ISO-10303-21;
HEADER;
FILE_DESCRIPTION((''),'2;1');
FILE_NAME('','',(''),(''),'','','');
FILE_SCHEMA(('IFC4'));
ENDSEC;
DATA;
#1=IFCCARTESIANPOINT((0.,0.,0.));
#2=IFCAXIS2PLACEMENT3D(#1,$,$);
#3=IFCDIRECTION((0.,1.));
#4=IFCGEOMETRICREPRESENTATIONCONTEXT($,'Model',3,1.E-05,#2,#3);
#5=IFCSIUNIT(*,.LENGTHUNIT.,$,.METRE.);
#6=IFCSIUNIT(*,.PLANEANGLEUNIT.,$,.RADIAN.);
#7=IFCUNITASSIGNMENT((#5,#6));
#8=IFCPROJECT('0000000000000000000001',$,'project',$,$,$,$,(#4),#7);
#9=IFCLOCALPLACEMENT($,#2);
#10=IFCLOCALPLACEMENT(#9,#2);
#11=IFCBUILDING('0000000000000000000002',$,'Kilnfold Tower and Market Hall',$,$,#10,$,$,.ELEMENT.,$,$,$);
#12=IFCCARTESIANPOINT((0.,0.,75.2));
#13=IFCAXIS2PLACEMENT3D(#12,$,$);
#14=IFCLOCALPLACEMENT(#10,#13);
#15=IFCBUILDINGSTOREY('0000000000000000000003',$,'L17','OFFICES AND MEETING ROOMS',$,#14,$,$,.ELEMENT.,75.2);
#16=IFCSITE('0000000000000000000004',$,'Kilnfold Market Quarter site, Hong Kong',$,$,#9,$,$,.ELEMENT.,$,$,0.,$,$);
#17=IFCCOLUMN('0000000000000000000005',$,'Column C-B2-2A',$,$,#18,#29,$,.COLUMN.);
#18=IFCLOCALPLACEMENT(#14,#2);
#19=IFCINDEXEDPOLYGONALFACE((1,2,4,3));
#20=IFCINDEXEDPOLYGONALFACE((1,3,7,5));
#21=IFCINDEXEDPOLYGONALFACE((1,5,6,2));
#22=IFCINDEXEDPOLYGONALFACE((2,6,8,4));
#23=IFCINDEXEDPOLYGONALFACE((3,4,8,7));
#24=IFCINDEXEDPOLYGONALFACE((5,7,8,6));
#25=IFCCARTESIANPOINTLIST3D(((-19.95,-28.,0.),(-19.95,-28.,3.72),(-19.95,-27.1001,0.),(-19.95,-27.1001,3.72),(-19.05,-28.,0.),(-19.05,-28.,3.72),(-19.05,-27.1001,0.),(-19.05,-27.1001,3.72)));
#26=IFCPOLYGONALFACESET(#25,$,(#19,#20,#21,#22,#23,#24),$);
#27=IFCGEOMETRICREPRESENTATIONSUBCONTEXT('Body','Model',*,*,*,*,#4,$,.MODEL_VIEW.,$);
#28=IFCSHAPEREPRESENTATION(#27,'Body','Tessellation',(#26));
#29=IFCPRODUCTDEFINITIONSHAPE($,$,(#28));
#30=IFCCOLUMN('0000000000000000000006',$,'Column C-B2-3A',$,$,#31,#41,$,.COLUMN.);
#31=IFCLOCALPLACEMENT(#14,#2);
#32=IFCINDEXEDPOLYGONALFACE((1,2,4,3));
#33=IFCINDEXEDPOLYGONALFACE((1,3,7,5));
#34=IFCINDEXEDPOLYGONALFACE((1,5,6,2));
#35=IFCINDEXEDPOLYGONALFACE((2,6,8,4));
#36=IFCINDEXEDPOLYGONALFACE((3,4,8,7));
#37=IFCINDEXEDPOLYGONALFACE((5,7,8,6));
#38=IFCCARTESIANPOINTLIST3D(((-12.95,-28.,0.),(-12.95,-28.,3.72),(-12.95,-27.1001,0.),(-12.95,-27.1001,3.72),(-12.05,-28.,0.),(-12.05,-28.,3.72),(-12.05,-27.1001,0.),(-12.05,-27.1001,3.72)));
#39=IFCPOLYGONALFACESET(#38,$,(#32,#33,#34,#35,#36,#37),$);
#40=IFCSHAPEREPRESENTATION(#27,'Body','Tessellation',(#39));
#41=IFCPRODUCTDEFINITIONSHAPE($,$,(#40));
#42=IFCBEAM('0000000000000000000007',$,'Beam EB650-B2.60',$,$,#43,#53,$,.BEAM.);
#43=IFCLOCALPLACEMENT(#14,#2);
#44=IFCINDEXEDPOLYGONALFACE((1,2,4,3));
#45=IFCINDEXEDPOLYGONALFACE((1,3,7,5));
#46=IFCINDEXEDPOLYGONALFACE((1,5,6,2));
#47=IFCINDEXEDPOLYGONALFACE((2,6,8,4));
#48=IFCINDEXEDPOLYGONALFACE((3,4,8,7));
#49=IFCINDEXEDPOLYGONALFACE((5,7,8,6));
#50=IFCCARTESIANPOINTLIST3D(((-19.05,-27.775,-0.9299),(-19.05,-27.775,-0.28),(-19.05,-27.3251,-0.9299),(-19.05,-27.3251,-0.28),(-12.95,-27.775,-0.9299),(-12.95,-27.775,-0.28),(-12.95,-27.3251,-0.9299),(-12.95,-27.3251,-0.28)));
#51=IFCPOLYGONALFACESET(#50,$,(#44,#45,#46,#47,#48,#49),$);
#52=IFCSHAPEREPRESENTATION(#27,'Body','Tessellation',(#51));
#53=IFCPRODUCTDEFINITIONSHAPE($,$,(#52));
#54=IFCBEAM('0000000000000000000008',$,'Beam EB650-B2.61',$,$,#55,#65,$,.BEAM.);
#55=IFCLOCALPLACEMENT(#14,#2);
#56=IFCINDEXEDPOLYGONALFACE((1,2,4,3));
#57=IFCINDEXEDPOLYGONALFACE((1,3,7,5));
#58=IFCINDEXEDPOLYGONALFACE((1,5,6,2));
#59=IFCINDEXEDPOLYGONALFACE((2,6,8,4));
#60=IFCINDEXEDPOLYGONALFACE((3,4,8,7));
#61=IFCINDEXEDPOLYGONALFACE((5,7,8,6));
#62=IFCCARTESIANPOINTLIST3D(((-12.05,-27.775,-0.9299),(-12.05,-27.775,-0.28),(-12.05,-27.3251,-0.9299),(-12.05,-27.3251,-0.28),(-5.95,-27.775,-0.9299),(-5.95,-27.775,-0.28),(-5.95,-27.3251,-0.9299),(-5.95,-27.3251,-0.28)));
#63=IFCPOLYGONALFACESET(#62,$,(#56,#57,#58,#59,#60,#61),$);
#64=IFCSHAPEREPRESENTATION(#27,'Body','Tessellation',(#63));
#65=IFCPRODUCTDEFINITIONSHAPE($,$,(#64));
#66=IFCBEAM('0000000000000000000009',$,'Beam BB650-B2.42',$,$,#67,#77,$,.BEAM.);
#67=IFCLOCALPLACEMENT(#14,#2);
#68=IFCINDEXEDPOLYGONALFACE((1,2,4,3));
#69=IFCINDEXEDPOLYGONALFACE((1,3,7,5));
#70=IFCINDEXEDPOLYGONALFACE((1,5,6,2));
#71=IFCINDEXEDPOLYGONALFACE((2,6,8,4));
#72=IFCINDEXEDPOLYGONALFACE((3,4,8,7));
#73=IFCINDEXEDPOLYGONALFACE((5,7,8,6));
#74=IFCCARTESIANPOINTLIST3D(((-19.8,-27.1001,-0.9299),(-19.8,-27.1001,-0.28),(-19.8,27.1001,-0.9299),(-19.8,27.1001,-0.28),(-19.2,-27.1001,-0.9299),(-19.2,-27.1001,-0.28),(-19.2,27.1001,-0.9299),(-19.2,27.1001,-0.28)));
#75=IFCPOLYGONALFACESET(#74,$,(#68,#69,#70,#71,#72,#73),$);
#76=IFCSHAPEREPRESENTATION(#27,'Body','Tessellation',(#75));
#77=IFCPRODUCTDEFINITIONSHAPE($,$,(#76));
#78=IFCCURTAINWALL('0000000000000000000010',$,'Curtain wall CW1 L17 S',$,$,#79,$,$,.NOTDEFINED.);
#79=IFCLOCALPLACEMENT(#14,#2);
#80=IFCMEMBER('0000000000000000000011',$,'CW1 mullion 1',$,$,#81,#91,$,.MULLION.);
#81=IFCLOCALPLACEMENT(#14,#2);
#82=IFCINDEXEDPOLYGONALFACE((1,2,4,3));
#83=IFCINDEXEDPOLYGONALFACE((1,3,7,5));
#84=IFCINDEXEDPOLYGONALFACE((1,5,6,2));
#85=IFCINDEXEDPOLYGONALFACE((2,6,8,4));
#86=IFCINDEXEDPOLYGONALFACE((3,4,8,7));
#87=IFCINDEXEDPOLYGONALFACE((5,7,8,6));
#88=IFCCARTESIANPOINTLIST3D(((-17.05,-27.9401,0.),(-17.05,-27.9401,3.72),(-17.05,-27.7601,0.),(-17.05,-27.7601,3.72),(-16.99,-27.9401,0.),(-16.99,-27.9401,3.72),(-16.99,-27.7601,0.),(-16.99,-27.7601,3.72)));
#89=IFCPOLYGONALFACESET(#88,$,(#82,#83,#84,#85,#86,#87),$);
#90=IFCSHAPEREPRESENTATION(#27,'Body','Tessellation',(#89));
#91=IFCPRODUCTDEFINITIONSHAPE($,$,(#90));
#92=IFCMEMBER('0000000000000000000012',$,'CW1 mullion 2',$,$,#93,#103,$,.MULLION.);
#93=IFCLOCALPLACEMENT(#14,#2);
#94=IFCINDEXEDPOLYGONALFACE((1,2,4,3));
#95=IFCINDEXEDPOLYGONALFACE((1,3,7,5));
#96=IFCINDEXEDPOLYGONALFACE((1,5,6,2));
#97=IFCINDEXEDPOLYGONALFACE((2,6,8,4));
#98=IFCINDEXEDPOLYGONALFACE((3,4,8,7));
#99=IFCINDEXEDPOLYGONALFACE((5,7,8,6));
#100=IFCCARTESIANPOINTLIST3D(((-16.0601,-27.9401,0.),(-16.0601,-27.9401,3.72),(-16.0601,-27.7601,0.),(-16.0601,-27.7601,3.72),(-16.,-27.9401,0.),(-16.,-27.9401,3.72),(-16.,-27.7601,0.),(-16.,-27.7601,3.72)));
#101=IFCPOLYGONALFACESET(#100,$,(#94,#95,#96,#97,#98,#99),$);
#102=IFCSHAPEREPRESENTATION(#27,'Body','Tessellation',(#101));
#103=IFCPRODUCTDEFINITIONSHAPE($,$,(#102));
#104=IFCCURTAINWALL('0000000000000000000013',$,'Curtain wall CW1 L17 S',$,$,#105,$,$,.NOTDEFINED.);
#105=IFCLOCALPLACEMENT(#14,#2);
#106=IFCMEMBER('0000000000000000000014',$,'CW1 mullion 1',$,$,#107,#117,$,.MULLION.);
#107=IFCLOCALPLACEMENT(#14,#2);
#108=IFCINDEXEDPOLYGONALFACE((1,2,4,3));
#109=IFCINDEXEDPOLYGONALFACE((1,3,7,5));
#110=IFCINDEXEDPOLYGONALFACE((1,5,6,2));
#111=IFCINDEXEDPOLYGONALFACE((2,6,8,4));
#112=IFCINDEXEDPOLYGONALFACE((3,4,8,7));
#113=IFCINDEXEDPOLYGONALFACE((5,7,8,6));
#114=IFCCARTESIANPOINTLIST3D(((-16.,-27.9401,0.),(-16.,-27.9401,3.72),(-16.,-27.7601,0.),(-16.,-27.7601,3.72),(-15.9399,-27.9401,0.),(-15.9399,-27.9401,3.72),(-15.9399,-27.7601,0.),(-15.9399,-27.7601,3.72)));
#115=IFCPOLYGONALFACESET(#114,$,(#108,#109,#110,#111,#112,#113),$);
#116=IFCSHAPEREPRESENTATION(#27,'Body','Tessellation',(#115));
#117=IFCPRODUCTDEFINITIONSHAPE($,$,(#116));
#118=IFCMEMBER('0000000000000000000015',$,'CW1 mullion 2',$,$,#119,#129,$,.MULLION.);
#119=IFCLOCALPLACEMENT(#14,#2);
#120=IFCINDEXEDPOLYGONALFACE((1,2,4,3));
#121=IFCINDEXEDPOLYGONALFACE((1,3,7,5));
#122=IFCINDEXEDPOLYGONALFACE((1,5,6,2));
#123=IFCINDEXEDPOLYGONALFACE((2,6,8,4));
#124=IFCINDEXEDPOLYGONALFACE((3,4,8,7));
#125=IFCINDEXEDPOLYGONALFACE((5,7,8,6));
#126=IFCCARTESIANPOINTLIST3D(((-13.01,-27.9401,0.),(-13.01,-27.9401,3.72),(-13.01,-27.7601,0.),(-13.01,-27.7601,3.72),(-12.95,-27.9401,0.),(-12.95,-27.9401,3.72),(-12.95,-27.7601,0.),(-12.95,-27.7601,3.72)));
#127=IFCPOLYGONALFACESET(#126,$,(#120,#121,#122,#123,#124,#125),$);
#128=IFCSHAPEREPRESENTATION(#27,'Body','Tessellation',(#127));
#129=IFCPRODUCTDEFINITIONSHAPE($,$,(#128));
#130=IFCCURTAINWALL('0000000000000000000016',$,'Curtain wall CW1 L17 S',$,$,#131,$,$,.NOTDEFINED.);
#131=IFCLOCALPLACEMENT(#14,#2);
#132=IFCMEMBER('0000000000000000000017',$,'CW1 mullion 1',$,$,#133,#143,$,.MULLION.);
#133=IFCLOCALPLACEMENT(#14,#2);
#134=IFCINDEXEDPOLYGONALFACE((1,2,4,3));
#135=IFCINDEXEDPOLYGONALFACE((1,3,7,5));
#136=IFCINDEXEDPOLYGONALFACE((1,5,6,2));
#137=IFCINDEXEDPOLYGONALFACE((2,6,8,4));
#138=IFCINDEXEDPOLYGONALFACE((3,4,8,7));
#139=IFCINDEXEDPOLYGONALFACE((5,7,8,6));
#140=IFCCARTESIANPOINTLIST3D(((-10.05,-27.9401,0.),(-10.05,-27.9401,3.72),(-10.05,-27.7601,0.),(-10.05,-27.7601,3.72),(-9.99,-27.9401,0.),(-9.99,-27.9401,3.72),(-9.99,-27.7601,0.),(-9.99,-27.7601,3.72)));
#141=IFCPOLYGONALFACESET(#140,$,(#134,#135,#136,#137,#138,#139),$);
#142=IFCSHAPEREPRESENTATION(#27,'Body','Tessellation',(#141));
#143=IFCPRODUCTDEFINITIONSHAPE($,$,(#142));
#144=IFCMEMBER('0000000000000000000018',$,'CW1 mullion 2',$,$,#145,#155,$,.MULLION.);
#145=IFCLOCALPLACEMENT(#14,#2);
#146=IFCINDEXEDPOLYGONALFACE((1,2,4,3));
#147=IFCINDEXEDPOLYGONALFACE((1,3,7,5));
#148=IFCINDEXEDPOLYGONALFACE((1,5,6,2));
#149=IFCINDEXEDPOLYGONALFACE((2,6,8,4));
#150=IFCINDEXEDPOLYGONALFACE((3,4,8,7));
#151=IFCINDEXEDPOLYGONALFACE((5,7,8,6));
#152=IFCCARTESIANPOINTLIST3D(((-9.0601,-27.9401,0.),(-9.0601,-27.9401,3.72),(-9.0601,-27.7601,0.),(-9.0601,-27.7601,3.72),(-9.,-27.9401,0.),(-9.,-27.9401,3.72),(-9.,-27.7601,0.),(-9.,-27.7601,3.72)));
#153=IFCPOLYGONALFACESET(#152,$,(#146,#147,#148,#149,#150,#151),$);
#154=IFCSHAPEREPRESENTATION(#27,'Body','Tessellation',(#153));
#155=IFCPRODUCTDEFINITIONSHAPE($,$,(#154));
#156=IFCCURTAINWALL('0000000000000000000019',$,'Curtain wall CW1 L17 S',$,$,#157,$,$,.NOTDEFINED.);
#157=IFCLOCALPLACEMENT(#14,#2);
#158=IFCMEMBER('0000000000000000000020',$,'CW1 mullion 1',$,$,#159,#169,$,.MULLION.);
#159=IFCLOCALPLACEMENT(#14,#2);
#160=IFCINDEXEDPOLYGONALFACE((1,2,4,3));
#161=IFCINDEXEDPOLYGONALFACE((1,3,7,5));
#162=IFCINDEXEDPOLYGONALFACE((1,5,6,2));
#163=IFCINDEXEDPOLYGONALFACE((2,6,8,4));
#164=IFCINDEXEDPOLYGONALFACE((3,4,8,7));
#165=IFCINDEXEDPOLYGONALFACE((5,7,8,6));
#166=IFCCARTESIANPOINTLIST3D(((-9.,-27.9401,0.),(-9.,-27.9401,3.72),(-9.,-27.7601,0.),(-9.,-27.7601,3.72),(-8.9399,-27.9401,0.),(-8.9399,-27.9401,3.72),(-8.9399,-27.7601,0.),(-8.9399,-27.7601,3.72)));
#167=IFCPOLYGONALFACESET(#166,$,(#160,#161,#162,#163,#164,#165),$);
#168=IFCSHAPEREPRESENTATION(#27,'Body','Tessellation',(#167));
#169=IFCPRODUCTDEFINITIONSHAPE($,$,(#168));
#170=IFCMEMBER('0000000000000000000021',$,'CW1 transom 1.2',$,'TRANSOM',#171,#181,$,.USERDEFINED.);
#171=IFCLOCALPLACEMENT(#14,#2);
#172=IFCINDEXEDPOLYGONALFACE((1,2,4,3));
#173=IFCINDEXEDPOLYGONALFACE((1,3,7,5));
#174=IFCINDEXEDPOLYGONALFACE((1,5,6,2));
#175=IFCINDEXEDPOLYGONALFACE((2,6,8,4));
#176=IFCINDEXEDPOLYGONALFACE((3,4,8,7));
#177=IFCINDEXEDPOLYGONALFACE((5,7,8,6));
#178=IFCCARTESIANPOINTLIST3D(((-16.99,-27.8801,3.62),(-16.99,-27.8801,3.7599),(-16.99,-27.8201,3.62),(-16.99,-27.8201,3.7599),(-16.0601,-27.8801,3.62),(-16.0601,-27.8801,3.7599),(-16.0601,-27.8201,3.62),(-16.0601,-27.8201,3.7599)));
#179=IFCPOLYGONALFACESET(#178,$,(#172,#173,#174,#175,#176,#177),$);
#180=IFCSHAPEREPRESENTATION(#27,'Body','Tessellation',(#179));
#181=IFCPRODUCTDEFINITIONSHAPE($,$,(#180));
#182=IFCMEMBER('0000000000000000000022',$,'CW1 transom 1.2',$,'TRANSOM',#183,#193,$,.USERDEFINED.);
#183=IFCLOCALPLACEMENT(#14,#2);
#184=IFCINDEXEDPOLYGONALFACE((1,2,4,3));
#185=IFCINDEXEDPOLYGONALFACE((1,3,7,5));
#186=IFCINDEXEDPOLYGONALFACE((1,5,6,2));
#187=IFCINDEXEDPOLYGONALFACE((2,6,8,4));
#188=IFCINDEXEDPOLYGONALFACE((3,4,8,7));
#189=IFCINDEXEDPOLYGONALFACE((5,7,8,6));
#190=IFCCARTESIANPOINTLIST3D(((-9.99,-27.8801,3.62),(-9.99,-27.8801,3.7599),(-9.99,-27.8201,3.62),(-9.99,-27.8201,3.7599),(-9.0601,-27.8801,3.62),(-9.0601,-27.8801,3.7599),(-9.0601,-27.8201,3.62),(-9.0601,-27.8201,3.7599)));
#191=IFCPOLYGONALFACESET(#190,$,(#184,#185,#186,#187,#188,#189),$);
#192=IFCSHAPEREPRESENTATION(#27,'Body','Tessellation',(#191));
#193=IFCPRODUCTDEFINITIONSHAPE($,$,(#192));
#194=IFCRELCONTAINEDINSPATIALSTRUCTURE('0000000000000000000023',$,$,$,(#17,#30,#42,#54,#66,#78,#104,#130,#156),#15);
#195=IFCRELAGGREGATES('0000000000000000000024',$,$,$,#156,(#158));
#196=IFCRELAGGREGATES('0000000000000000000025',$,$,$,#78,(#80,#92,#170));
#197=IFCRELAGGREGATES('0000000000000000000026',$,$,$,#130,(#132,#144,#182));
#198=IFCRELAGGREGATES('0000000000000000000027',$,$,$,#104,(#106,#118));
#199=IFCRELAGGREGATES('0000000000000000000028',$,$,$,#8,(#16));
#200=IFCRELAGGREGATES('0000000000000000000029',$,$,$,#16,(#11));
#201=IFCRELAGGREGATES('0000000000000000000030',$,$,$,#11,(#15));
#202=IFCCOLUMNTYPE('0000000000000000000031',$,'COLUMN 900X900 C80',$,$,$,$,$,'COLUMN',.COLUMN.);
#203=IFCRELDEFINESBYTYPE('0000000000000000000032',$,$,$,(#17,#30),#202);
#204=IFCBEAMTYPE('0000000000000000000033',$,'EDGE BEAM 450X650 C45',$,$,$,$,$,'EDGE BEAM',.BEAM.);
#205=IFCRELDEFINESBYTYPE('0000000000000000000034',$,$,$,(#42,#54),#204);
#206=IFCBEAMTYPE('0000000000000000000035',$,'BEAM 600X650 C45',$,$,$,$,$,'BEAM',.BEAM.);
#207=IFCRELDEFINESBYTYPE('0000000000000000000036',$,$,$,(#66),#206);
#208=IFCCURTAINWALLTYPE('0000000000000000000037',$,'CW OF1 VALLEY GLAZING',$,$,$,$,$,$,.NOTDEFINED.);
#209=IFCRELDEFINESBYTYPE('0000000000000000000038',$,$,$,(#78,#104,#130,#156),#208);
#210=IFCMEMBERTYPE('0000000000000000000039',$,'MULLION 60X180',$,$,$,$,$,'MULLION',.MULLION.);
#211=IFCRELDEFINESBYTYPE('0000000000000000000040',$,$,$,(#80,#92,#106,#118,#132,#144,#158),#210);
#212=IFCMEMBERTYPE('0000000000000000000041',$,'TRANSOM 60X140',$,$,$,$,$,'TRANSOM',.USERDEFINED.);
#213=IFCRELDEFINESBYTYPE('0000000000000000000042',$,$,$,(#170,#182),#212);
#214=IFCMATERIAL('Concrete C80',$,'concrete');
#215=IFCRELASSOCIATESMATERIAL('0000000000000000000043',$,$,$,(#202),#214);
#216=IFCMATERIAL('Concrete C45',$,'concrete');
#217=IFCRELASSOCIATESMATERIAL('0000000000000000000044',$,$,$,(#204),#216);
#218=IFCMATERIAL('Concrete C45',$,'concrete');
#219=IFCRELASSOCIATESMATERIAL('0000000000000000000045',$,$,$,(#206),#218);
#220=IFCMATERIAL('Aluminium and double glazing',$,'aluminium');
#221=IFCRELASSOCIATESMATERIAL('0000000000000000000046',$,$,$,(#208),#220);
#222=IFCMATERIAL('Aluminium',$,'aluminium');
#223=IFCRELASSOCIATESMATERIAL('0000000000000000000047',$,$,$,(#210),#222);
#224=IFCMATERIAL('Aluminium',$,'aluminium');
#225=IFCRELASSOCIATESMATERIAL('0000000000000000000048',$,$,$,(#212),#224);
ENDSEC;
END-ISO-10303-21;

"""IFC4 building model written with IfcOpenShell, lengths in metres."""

from ifc_helpers import new_model, si_unit, direction, frame, origin, origin_2d, place, context, subcontext, project, spatial, rectangle, extrude, source, transform, mapped, material, material_profile, profile_set, type_object, element, aggregate, save


model = new_model("IFC4")

# Units and contexts
model_context = context("Model", 3, precision=1e-05, world=origin(), true_north=direction((0.0, 1.0)))
body_context = subcontext(model_context, "Body", "Model", "MODEL_VIEW")
ifc_project = project(units=[si_unit("LENGTHUNIT", "METRE"), si_unit("PLANEANGLEUNIT", "RADIAN")], contexts=[model_context])

# Site, building, storey
site_placement = place(None, origin())
site = spatial("IfcSite", under=ifc_project, at=site_placement, Name="Kilnfold Market Quarter site, Hong Kong", CompositionType="ELEMENT", RefElevation=0.0)
building_placement = place(site_placement, origin())
building = spatial("IfcBuilding", under=site, at=building_placement, Name="Kilnfold Tower and Market Hall", CompositionType="ELEMENT")
storey_placement = place(building_placement, frame((0.0, 0.0, 75.2)))
storey = spatial("IfcBuildingStorey", under=building, at=storey_placement, Name="L17", Description="OFFICES AND MEETING ROOMS", CompositionType="ELEMENT", Elevation=75.2)

# Columns
ifc_material_1 = material(Name="Concrete C80", Category="concrete")
ifc_material_profile_1 = material_profile(ifc_material_1, rectangle(XDim=0.8999, YDim=0.8999, at=origin_2d()), Name="RC 900x900")
ifc_profile_set_1 = profile_set([ifc_material_profile_1], Name="Concrete C80")
column_type = type_object("IfcColumnType", Name="COLUMN 900X900 C80", ElementType="COLUMN", PredefinedType="COLUMN", material=ifc_profile_set_1)
shared_shape_1 = source(origin(), body_context, "Body", "SweptSolid", [
    extrude(rectangle(XDim=0.8999, YDim=0.8999, at=origin_2d()), origin(), (0.0, 0.0, 1.0), 3.72),
])
for number, where, z_axis, x_axis, name in (
    (1, (-19.5, -27.55, 0.0), (0.0, 0.0, 1.0), (1.0, 0.0, 0.0), "Column C-B2-2A"),
    (2, (-12.5, -27.55, 0.0), (0.0, 0.0, 1.0), (1.0, 0.0, 0.0), "Column C-B2-3A"),
):
    element("IfcColumn", number, at=place(storey_placement, frame(where, z_axis=z_axis, x_axis=x_axis)), inside=storey, type_object=column_type, Name=name, PredefinedType="COLUMN", context=body_context, shape_type="MappedRepresentation", body=[
        mapped(shared_shape_1, transform((0.0, 0.0, 0.0))),
    ])

# Beams
ifc_material_2 = material(Name="Concrete C45", Category="concrete")
ifc_material_profile_2 = material_profile(ifc_material_2, rectangle(XDim=0.45, YDim=0.6499, at=origin_2d()), Name="RC 450x650")
ifc_profile_set_2 = profile_set([ifc_material_profile_2], Name="Concrete C45")
beam_type_1 = type_object("IfcBeamType", Name="EDGE BEAM 450X650 C45", ElementType="EDGE BEAM", PredefinedType="BEAM", material=ifc_profile_set_2)
shared_shape_2 = source(origin(), body_context, "Body", "SweptSolid", [
    extrude(rectangle(XDim=0.45, YDim=0.6499, at=origin_2d()), origin(), (0.0, 0.0, 1.0), 6.1001),
])
for number, where, z_axis, x_axis, name in (
    (3, (-19.05, -27.55, -0.605), (1.0, 0.0, 0.0), (0.0, 1.0, 0.0), "Beam EB650-B2.60"),
    (4, (-12.05, -27.55, -0.605), (1.0, 0.0, 0.0), (0.0, 1.0, 0.0), "Beam EB650-B2.61"),
):
    element("IfcBeam", number, at=place(storey_placement, frame(where, z_axis=z_axis, x_axis=x_axis)), inside=storey, type_object=beam_type_1, Name=name, PredefinedType="BEAM", context=body_context, shape_type="MappedRepresentation", body=[
        mapped(shared_shape_2, transform((0.0, 0.0, 0.0))),
    ])
ifc_material_3 = material(Name="Concrete C45", Category="concrete")
ifc_material_profile_3 = material_profile(ifc_material_3, rectangle(XDim=0.6001, YDim=0.6499, at=origin_2d()), Name="RC 600x650")
ifc_profile_set_3 = profile_set([ifc_material_profile_3], Name="Concrete C45")
beam_type_2 = type_object("IfcBeamType", Name="BEAM 600X650 C45", ElementType="BEAM", PredefinedType="BEAM", material=ifc_profile_set_3)
shared_shape_3 = source(origin(), body_context, "Body", "SweptSolid", [
    extrude(rectangle(XDim=0.6001, YDim=0.6499, at=origin_2d()), origin(), (0.0, 0.0, 1.0), 54.2002),
])
beam_placement = place(storey_placement, frame((-19.5, -27.1001, -0.605), z_axis=(0.0, 1.0, 0.0), x_axis=(-1.0, 0.0, 0.0)))
element("IfcBeam", 5, at=beam_placement, inside=storey, type_object=beam_type_2, Name="Beam BB650-B2.42", PredefinedType="BEAM", context=body_context, shape_type="MappedRepresentation", body=[
    mapped(shared_shape_3, transform((0.0, 0.0, 0.0))),
])

# Curtain walls, members
ifc_material_4 = material(Name="Aluminium and double glazing", Category="aluminium")
curtain_wall_type = type_object("IfcCurtainWallType", Name="CW OF1 VALLEY GLAZING", PredefinedType="NOTDEFINED", material=ifc_material_4)
curtain_wall_1_placement = place(storey_placement, origin())
curtain_wall_1 = element("IfcCurtainWall", 6, at=curtain_wall_1_placement, inside=storey, type_object=curtain_wall_type, Name="Curtain wall CW1 L17 S", PredefinedType="NOTDEFINED")
ifc_material_5 = material(Name="Aluminium", Category="aluminium")
ifc_material_profile_4 = material_profile(ifc_material_5, rectangle(XDim=0.0601, YDim=0.1799, at=origin_2d()), Name="MULLION 60x180")
ifc_profile_set_4 = profile_set([ifc_material_profile_4], Name="Aluminium")
member_type_1 = type_object("IfcMemberType", Name="MULLION 60X180", ElementType="MULLION", PredefinedType="MULLION", material=ifc_profile_set_4)
shared_shape_4 = source(origin(), body_context, "Body", "SweptSolid", [
    extrude(rectangle(XDim=0.0601, YDim=0.1799, at=origin_2d()), origin(), (0.0, 0.0, 1.0), 3.72),
])
member_1_placement = place(storey_placement, frame((-17.02, -27.8501, 0.0), z_axis=(0.0, 0.0, 1.0), x_axis=(1.0, 0.0, 0.0)))
member_1 = element("IfcMember", 7, at=member_1_placement, type_object=member_type_1, Name="CW1 mullion 1", PredefinedType="MULLION", context=body_context, shape_type="MappedRepresentation", body=[
    mapped(shared_shape_4, transform((0.0, 0.0, 0.0))),
])
member_2_placement = place(storey_placement, frame((-16.03, -27.8501, 0.0), z_axis=(0.0, 0.0, 1.0), x_axis=(1.0, 0.0, 0.0)))
member_2 = element("IfcMember", 8, at=member_2_placement, type_object=member_type_1, Name="CW1 mullion 2", PredefinedType="MULLION", context=body_context, shape_type="MappedRepresentation", body=[
    mapped(shared_shape_4, transform((0.0, 0.0, 0.0))),
])
curtain_wall_2_placement = place(storey_placement, origin())
curtain_wall_2 = element("IfcCurtainWall", 9, at=curtain_wall_2_placement, inside=storey, type_object=curtain_wall_type, Name="Curtain wall CW1 L17 S", PredefinedType="NOTDEFINED")
member_3_placement = place(storey_placement, frame((-15.97, -27.8501, 0.0), z_axis=(0.0, 0.0, 1.0), x_axis=(1.0, 0.0, 0.0)))
member_3 = element("IfcMember", 10, at=member_3_placement, type_object=member_type_1, Name="CW1 mullion 1", PredefinedType="MULLION", context=body_context, shape_type="MappedRepresentation", body=[
    mapped(shared_shape_4, transform((0.0, 0.0, 0.0))),
])
member_4_placement = place(storey_placement, frame((-12.98, -27.8501, 0.0), z_axis=(0.0, 0.0, 1.0), x_axis=(1.0, 0.0, 0.0)))
member_4 = element("IfcMember", 11, at=member_4_placement, type_object=member_type_1, Name="CW1 mullion 2", PredefinedType="MULLION", context=body_context, shape_type="MappedRepresentation", body=[
    mapped(shared_shape_4, transform((0.0, 0.0, 0.0))),
])
curtain_wall_3_placement = place(storey_placement, origin())
curtain_wall_3 = element("IfcCurtainWall", 12, at=curtain_wall_3_placement, inside=storey, type_object=curtain_wall_type, Name="Curtain wall CW1 L17 S", PredefinedType="NOTDEFINED")
member_5_placement = place(storey_placement, frame((-10.02, -27.8501, 0.0), z_axis=(0.0, 0.0, 1.0), x_axis=(1.0, 0.0, 0.0)))
member_5 = element("IfcMember", 13, at=member_5_placement, type_object=member_type_1, Name="CW1 mullion 1", PredefinedType="MULLION", context=body_context, shape_type="MappedRepresentation", body=[
    mapped(shared_shape_4, transform((0.0, 0.0, 0.0))),
])
member_6_placement = place(storey_placement, frame((-9.03, -27.8501, 0.0), z_axis=(0.0, 0.0, 1.0), x_axis=(1.0, 0.0, 0.0)))
member_6 = element("IfcMember", 14, at=member_6_placement, type_object=member_type_1, Name="CW1 mullion 2", PredefinedType="MULLION", context=body_context, shape_type="MappedRepresentation", body=[
    mapped(shared_shape_4, transform((0.0, 0.0, 0.0))),
])

# Curtain wall, member
curtain_wall_4_placement = place(storey_placement, origin())
curtain_wall_4 = element("IfcCurtainWall", 15, at=curtain_wall_4_placement, inside=storey, type_object=curtain_wall_type, Name="Curtain wall CW1 L17 S", PredefinedType="NOTDEFINED")
member_7_placement = place(storey_placement, frame((-8.97, -27.8501, 0.0), z_axis=(0.0, 0.0, 1.0), x_axis=(1.0, 0.0, 0.0)))
member_7 = element("IfcMember", 16, at=member_7_placement, type_object=member_type_1, Name="CW1 mullion 1", PredefinedType="MULLION", context=body_context, shape_type="MappedRepresentation", body=[
    mapped(shared_shape_4, transform((0.0, 0.0, 0.0))),
])

# Members
ifc_material_6 = material(Name="Aluminium", Category="aluminium")
ifc_material_profile_5 = material_profile(ifc_material_6, rectangle(XDim=0.0601, YDim=0.1399, at=origin_2d()), Name="TRANSOM 60x140")
ifc_profile_set_5 = profile_set([ifc_material_profile_5], Name="Aluminium")
member_type_2 = type_object("IfcMemberType", Name="TRANSOM 60X140", ElementType="TRANSOM", PredefinedType="USERDEFINED", material=ifc_profile_set_5)
shared_shape_5 = source(origin(), body_context, "Body", "SweptSolid", [
    extrude(rectangle(XDim=0.0601, YDim=0.1399, at=origin_2d()), origin(), (0.0, 0.0, 1.0), 0.9299),
])
member_8_placement = place(storey_placement, frame((-16.99, -27.8501, 3.6899), z_axis=(1.0, 0.0, 0.0), x_axis=(0.0, 1.0, 0.0)))
member_8 = element("IfcMember", 17, at=member_8_placement, type_object=member_type_2, Name="CW1 transom 1.2", ObjectType="TRANSOM", PredefinedType="USERDEFINED", context=body_context, shape_type="MappedRepresentation", body=[
    mapped(shared_shape_5, transform((0.0, 0.0, 0.0))),
])
member_9_placement = place(storey_placement, frame((-9.99, -27.8501, 3.6899), z_axis=(1.0, 0.0, 0.0), x_axis=(0.0, 1.0, 0.0)))
member_9 = element("IfcMember", 18, at=member_9_placement, type_object=member_type_2, Name="CW1 transom 1.2", ObjectType="TRANSOM", PredefinedType="USERDEFINED", context=body_context, shape_type="MappedRepresentation", body=[
    mapped(shared_shape_5, transform((0.0, 0.0, 0.0))),
])
aggregate(curtain_wall_4, [member_7])

aggregate(curtain_wall_1, [member_1, member_2, member_8])
aggregate(curtain_wall_3, [member_5, member_6, member_9])
aggregate(curtain_wall_2, [member_3, member_4])

save(model, "model.ifc")
